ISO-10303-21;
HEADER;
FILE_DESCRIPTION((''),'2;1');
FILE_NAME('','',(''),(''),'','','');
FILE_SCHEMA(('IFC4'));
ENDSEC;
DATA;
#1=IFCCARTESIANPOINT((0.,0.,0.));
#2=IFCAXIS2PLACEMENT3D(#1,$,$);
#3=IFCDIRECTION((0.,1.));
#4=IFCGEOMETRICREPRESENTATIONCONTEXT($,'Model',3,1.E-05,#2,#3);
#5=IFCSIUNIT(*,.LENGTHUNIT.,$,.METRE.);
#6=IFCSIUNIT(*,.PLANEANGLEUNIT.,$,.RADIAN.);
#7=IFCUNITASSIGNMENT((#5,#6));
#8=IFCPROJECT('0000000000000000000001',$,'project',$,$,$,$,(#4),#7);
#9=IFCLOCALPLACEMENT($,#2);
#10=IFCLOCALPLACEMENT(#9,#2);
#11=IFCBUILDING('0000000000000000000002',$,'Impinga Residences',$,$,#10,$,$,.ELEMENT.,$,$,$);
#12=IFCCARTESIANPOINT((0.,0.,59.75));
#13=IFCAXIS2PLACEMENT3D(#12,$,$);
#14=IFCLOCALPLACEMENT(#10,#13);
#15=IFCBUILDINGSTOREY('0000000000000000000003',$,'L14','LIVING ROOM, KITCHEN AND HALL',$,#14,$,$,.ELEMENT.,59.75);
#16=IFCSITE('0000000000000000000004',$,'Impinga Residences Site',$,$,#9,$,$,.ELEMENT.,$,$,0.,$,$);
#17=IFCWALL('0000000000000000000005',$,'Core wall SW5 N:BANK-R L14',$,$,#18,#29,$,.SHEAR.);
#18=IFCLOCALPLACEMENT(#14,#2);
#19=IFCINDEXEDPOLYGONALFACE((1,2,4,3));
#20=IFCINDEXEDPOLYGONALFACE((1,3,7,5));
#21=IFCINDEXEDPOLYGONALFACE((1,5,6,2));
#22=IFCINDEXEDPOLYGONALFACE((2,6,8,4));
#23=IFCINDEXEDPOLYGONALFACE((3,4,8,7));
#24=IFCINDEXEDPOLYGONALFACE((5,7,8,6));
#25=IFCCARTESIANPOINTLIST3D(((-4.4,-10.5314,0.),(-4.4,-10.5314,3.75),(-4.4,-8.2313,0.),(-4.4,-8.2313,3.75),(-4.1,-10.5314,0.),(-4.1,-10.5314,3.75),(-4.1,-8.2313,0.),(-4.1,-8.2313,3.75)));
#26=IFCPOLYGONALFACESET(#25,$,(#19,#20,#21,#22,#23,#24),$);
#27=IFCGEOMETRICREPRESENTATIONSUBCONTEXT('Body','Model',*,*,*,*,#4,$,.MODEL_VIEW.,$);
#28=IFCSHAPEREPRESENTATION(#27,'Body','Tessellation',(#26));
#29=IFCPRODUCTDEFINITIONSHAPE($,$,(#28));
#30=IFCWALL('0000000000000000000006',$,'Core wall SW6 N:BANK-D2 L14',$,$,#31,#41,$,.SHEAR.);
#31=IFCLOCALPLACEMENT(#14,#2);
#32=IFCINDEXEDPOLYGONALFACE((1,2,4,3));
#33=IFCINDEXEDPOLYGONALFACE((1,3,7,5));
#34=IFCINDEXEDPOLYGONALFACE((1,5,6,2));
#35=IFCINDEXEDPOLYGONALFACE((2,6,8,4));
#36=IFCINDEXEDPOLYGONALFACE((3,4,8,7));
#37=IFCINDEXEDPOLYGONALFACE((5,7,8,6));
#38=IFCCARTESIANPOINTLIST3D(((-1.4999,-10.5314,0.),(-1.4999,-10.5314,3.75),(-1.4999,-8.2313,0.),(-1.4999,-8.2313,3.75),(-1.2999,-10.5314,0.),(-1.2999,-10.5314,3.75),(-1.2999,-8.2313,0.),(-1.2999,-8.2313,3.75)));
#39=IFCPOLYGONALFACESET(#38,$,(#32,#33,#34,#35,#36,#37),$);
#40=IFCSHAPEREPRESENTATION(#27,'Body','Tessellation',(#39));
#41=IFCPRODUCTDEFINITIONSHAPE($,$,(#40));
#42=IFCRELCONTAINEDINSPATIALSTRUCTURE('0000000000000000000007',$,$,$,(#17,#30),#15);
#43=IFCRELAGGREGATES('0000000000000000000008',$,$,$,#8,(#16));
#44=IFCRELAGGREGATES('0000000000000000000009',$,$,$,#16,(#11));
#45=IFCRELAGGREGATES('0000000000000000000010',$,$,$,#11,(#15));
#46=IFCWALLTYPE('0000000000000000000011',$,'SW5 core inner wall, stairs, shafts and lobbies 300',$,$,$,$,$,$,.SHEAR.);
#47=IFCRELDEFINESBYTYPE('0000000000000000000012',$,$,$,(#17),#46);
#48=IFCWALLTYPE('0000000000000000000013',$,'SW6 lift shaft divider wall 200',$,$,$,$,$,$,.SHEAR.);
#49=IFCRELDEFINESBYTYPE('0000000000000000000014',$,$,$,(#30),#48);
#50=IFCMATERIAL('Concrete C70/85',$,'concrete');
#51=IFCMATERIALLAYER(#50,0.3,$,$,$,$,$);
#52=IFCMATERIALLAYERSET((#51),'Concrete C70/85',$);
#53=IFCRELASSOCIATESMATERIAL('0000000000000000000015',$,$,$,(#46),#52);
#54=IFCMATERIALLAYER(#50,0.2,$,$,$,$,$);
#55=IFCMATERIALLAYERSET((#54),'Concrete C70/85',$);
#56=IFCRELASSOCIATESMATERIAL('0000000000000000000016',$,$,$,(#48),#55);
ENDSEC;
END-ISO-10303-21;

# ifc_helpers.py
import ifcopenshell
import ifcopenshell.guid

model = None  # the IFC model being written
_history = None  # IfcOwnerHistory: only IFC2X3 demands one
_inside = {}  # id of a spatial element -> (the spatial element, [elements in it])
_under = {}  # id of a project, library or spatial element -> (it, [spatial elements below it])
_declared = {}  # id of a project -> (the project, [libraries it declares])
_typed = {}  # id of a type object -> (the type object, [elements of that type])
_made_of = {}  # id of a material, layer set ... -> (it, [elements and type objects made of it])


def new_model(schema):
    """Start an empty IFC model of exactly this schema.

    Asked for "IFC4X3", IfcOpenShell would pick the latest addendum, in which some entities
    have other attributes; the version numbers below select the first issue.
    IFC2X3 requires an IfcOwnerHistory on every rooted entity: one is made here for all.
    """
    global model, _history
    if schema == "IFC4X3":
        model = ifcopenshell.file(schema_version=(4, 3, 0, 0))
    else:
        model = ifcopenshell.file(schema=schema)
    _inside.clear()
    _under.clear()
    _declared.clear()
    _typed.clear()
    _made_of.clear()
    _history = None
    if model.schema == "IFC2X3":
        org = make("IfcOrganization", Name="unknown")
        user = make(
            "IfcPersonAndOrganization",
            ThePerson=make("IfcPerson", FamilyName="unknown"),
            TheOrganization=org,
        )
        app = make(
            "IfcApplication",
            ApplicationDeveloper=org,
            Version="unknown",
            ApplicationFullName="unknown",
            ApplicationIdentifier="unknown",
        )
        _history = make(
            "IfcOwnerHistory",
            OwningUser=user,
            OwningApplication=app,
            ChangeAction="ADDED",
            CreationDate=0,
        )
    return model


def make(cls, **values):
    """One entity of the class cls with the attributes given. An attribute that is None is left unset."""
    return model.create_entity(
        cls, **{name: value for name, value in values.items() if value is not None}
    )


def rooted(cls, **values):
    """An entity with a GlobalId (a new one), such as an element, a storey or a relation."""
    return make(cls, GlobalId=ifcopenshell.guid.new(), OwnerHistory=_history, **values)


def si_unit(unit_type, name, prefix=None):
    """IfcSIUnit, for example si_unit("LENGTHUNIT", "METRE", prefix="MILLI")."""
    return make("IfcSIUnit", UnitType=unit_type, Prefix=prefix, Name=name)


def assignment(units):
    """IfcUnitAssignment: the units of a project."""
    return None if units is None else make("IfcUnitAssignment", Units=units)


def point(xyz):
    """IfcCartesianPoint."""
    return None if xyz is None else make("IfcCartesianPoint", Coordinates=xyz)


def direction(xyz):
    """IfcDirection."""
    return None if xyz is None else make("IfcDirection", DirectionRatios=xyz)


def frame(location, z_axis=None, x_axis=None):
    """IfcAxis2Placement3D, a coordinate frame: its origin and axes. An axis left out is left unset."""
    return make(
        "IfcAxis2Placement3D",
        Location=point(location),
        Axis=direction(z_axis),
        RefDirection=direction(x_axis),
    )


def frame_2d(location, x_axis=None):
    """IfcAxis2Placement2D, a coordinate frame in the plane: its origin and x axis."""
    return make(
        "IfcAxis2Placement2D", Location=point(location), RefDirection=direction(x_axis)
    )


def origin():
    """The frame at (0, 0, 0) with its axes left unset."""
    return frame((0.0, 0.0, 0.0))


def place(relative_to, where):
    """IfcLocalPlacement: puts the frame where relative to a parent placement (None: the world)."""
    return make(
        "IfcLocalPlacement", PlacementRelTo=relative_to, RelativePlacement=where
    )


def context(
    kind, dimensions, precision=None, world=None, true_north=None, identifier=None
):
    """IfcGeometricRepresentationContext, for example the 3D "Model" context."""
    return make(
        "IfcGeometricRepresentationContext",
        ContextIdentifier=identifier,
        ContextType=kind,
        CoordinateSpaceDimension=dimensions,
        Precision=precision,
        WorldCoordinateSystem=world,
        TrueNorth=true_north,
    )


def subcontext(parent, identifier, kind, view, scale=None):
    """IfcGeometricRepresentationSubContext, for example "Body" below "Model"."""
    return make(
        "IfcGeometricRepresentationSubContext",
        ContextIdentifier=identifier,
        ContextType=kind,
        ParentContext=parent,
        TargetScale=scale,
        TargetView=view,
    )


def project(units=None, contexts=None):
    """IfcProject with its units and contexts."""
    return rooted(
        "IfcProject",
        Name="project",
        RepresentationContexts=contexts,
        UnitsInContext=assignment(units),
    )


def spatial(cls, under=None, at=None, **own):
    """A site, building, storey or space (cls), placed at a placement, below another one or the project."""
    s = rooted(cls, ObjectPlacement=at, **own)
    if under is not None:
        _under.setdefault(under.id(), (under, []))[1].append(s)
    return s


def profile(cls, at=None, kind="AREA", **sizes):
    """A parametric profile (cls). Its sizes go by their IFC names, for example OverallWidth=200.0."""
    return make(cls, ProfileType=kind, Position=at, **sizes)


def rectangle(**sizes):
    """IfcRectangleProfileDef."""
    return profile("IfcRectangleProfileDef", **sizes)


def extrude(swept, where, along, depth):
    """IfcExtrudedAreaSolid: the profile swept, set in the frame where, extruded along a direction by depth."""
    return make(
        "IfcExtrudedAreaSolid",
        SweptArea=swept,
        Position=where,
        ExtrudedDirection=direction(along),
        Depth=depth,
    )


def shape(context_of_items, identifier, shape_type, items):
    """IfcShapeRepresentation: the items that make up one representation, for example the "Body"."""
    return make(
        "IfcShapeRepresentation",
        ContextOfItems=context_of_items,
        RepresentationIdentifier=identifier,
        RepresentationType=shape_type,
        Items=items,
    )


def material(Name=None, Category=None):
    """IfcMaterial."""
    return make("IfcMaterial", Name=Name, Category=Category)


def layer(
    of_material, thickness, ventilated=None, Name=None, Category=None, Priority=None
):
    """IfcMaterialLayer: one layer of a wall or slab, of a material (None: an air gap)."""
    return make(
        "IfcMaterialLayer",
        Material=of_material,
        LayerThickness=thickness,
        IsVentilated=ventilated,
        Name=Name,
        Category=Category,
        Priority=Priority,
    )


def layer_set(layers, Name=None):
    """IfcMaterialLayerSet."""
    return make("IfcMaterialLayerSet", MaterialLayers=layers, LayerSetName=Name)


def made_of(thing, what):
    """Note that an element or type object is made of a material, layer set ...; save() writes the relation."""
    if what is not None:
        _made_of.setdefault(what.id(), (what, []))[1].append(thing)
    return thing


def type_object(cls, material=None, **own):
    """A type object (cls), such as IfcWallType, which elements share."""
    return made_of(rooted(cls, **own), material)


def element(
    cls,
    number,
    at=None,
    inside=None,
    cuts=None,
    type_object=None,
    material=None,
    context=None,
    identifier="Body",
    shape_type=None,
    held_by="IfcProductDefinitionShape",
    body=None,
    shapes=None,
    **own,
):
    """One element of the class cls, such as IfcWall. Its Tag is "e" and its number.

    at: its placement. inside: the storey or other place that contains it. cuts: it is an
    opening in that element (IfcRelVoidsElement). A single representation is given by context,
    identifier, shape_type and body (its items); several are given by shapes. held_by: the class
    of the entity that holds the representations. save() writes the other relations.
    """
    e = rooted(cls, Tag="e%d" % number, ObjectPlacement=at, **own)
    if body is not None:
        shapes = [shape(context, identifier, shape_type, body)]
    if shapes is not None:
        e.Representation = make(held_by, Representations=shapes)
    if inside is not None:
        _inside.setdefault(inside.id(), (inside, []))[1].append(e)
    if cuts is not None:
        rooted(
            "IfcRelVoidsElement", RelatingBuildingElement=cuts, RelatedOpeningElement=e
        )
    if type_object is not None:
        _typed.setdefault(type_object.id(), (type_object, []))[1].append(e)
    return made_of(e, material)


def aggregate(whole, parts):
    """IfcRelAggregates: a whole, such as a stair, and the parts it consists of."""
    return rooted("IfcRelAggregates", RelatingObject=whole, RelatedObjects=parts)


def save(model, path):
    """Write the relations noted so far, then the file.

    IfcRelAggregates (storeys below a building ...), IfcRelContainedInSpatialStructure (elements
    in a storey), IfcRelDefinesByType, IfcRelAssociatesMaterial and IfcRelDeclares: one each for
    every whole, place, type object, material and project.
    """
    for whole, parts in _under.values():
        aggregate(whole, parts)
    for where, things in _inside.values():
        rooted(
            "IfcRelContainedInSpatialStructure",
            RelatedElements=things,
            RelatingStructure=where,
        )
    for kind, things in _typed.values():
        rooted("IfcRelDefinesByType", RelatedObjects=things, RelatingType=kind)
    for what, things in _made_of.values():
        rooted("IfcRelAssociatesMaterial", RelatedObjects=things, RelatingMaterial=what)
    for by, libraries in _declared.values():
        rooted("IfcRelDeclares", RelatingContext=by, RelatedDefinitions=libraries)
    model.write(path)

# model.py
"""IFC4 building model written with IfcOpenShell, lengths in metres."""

from ifc_helpers import new_model, si_unit, direction, frame, frame_2d, origin, place, context, subcontext, project, spatial, rectangle, extrude, material, layer, layer_set, type_object, element, save


model = new_model("IFC4")

# Units and contexts
model_context = context("Model", 3, precision=1e-05, world=origin(), true_north=direction((0.0, 1.0)))
body_context = subcontext(model_context, "Body", "Model", "MODEL_VIEW")
ifc_project = project(units=[si_unit("LENGTHUNIT", "METRE"), si_unit("PLANEANGLEUNIT", "RADIAN")], contexts=[model_context])

# Site, building, storey
site_placement = place(None, origin())
site = spatial("IfcSite", under=ifc_project, at=site_placement, Name="Impinga Residences Site", CompositionType="ELEMENT", RefElevation=0.0)
building_placement = place(site_placement, origin())
building = spatial("IfcBuilding", under=site, at=building_placement, Name="Impinga Residences", CompositionType="ELEMENT")
storey_placement = place(building_placement, frame((0.0, 0.0, 59.75)))
storey = spatial("IfcBuildingStorey", under=building, at=storey_placement, Name="L14", Description="LIVING ROOM, KITCHEN AND HALL", CompositionType="ELEMENT", Elevation=59.75)

# Shared definitions
ifc_material_1 = material(Name="Concrete C70/85", Category="concrete")

# Walls
ifc_layer_1 = layer(ifc_material_1, 0.3)
ifc_layer_set_1 = layer_set([ifc_layer_1], Name="Concrete C70/85")
wall_type_1 = type_object("IfcWallType", Name="SW5 core inner wall, stairs, shafts and lobbies 300", PredefinedType="SHEAR", material=ifc_layer_set_1)
wall_1_placement = place(storey_placement, frame((-4.25, -8.2314, 0.0), z_axis=(0.0, 0.0, 1.0), x_axis=(0.0, -1.0, 0.0)))
element("IfcWall", 1, at=wall_1_placement, inside=storey, type_object=wall_type_1, Name="Core wall SW5 N:BANK-R L14", PredefinedType="SHEAR", context=body_context, shape_type="SweptSolid", body=[
    extrude(rectangle(XDim=2.3, YDim=0.3, at=frame_2d((1.1499, 0.0))), origin(), (0.0, 0.0, 1.0), 3.75),
])
ifc_layer_2 = layer(ifc_material_1, 0.2)
ifc_layer_set_2 = layer_set([ifc_layer_2], Name="Concrete C70/85")
wall_type_2 = type_object("IfcWallType", Name="SW6 lift shaft divider wall 200", PredefinedType="SHEAR", material=ifc_layer_set_2)
wall_2_placement = place(storey_placement, frame((-1.3999, -8.2314, 0.0), z_axis=(0.0, 0.0, 1.0), x_axis=(0.0, -1.0, 0.0)))
element("IfcWall", 2, at=wall_2_placement, inside=storey, type_object=wall_type_2, Name="Core wall SW6 N:BANK-D2 L14", PredefinedType="SHEAR", context=body_context, shape_type="SweptSolid", body=[
    extrude(rectangle(XDim=2.3, YDim=0.2, at=frame_2d((1.1499, 0.0))), origin(), (0.0, 0.0, 1.0), 3.75),
])

save(model, "model.ifc")
